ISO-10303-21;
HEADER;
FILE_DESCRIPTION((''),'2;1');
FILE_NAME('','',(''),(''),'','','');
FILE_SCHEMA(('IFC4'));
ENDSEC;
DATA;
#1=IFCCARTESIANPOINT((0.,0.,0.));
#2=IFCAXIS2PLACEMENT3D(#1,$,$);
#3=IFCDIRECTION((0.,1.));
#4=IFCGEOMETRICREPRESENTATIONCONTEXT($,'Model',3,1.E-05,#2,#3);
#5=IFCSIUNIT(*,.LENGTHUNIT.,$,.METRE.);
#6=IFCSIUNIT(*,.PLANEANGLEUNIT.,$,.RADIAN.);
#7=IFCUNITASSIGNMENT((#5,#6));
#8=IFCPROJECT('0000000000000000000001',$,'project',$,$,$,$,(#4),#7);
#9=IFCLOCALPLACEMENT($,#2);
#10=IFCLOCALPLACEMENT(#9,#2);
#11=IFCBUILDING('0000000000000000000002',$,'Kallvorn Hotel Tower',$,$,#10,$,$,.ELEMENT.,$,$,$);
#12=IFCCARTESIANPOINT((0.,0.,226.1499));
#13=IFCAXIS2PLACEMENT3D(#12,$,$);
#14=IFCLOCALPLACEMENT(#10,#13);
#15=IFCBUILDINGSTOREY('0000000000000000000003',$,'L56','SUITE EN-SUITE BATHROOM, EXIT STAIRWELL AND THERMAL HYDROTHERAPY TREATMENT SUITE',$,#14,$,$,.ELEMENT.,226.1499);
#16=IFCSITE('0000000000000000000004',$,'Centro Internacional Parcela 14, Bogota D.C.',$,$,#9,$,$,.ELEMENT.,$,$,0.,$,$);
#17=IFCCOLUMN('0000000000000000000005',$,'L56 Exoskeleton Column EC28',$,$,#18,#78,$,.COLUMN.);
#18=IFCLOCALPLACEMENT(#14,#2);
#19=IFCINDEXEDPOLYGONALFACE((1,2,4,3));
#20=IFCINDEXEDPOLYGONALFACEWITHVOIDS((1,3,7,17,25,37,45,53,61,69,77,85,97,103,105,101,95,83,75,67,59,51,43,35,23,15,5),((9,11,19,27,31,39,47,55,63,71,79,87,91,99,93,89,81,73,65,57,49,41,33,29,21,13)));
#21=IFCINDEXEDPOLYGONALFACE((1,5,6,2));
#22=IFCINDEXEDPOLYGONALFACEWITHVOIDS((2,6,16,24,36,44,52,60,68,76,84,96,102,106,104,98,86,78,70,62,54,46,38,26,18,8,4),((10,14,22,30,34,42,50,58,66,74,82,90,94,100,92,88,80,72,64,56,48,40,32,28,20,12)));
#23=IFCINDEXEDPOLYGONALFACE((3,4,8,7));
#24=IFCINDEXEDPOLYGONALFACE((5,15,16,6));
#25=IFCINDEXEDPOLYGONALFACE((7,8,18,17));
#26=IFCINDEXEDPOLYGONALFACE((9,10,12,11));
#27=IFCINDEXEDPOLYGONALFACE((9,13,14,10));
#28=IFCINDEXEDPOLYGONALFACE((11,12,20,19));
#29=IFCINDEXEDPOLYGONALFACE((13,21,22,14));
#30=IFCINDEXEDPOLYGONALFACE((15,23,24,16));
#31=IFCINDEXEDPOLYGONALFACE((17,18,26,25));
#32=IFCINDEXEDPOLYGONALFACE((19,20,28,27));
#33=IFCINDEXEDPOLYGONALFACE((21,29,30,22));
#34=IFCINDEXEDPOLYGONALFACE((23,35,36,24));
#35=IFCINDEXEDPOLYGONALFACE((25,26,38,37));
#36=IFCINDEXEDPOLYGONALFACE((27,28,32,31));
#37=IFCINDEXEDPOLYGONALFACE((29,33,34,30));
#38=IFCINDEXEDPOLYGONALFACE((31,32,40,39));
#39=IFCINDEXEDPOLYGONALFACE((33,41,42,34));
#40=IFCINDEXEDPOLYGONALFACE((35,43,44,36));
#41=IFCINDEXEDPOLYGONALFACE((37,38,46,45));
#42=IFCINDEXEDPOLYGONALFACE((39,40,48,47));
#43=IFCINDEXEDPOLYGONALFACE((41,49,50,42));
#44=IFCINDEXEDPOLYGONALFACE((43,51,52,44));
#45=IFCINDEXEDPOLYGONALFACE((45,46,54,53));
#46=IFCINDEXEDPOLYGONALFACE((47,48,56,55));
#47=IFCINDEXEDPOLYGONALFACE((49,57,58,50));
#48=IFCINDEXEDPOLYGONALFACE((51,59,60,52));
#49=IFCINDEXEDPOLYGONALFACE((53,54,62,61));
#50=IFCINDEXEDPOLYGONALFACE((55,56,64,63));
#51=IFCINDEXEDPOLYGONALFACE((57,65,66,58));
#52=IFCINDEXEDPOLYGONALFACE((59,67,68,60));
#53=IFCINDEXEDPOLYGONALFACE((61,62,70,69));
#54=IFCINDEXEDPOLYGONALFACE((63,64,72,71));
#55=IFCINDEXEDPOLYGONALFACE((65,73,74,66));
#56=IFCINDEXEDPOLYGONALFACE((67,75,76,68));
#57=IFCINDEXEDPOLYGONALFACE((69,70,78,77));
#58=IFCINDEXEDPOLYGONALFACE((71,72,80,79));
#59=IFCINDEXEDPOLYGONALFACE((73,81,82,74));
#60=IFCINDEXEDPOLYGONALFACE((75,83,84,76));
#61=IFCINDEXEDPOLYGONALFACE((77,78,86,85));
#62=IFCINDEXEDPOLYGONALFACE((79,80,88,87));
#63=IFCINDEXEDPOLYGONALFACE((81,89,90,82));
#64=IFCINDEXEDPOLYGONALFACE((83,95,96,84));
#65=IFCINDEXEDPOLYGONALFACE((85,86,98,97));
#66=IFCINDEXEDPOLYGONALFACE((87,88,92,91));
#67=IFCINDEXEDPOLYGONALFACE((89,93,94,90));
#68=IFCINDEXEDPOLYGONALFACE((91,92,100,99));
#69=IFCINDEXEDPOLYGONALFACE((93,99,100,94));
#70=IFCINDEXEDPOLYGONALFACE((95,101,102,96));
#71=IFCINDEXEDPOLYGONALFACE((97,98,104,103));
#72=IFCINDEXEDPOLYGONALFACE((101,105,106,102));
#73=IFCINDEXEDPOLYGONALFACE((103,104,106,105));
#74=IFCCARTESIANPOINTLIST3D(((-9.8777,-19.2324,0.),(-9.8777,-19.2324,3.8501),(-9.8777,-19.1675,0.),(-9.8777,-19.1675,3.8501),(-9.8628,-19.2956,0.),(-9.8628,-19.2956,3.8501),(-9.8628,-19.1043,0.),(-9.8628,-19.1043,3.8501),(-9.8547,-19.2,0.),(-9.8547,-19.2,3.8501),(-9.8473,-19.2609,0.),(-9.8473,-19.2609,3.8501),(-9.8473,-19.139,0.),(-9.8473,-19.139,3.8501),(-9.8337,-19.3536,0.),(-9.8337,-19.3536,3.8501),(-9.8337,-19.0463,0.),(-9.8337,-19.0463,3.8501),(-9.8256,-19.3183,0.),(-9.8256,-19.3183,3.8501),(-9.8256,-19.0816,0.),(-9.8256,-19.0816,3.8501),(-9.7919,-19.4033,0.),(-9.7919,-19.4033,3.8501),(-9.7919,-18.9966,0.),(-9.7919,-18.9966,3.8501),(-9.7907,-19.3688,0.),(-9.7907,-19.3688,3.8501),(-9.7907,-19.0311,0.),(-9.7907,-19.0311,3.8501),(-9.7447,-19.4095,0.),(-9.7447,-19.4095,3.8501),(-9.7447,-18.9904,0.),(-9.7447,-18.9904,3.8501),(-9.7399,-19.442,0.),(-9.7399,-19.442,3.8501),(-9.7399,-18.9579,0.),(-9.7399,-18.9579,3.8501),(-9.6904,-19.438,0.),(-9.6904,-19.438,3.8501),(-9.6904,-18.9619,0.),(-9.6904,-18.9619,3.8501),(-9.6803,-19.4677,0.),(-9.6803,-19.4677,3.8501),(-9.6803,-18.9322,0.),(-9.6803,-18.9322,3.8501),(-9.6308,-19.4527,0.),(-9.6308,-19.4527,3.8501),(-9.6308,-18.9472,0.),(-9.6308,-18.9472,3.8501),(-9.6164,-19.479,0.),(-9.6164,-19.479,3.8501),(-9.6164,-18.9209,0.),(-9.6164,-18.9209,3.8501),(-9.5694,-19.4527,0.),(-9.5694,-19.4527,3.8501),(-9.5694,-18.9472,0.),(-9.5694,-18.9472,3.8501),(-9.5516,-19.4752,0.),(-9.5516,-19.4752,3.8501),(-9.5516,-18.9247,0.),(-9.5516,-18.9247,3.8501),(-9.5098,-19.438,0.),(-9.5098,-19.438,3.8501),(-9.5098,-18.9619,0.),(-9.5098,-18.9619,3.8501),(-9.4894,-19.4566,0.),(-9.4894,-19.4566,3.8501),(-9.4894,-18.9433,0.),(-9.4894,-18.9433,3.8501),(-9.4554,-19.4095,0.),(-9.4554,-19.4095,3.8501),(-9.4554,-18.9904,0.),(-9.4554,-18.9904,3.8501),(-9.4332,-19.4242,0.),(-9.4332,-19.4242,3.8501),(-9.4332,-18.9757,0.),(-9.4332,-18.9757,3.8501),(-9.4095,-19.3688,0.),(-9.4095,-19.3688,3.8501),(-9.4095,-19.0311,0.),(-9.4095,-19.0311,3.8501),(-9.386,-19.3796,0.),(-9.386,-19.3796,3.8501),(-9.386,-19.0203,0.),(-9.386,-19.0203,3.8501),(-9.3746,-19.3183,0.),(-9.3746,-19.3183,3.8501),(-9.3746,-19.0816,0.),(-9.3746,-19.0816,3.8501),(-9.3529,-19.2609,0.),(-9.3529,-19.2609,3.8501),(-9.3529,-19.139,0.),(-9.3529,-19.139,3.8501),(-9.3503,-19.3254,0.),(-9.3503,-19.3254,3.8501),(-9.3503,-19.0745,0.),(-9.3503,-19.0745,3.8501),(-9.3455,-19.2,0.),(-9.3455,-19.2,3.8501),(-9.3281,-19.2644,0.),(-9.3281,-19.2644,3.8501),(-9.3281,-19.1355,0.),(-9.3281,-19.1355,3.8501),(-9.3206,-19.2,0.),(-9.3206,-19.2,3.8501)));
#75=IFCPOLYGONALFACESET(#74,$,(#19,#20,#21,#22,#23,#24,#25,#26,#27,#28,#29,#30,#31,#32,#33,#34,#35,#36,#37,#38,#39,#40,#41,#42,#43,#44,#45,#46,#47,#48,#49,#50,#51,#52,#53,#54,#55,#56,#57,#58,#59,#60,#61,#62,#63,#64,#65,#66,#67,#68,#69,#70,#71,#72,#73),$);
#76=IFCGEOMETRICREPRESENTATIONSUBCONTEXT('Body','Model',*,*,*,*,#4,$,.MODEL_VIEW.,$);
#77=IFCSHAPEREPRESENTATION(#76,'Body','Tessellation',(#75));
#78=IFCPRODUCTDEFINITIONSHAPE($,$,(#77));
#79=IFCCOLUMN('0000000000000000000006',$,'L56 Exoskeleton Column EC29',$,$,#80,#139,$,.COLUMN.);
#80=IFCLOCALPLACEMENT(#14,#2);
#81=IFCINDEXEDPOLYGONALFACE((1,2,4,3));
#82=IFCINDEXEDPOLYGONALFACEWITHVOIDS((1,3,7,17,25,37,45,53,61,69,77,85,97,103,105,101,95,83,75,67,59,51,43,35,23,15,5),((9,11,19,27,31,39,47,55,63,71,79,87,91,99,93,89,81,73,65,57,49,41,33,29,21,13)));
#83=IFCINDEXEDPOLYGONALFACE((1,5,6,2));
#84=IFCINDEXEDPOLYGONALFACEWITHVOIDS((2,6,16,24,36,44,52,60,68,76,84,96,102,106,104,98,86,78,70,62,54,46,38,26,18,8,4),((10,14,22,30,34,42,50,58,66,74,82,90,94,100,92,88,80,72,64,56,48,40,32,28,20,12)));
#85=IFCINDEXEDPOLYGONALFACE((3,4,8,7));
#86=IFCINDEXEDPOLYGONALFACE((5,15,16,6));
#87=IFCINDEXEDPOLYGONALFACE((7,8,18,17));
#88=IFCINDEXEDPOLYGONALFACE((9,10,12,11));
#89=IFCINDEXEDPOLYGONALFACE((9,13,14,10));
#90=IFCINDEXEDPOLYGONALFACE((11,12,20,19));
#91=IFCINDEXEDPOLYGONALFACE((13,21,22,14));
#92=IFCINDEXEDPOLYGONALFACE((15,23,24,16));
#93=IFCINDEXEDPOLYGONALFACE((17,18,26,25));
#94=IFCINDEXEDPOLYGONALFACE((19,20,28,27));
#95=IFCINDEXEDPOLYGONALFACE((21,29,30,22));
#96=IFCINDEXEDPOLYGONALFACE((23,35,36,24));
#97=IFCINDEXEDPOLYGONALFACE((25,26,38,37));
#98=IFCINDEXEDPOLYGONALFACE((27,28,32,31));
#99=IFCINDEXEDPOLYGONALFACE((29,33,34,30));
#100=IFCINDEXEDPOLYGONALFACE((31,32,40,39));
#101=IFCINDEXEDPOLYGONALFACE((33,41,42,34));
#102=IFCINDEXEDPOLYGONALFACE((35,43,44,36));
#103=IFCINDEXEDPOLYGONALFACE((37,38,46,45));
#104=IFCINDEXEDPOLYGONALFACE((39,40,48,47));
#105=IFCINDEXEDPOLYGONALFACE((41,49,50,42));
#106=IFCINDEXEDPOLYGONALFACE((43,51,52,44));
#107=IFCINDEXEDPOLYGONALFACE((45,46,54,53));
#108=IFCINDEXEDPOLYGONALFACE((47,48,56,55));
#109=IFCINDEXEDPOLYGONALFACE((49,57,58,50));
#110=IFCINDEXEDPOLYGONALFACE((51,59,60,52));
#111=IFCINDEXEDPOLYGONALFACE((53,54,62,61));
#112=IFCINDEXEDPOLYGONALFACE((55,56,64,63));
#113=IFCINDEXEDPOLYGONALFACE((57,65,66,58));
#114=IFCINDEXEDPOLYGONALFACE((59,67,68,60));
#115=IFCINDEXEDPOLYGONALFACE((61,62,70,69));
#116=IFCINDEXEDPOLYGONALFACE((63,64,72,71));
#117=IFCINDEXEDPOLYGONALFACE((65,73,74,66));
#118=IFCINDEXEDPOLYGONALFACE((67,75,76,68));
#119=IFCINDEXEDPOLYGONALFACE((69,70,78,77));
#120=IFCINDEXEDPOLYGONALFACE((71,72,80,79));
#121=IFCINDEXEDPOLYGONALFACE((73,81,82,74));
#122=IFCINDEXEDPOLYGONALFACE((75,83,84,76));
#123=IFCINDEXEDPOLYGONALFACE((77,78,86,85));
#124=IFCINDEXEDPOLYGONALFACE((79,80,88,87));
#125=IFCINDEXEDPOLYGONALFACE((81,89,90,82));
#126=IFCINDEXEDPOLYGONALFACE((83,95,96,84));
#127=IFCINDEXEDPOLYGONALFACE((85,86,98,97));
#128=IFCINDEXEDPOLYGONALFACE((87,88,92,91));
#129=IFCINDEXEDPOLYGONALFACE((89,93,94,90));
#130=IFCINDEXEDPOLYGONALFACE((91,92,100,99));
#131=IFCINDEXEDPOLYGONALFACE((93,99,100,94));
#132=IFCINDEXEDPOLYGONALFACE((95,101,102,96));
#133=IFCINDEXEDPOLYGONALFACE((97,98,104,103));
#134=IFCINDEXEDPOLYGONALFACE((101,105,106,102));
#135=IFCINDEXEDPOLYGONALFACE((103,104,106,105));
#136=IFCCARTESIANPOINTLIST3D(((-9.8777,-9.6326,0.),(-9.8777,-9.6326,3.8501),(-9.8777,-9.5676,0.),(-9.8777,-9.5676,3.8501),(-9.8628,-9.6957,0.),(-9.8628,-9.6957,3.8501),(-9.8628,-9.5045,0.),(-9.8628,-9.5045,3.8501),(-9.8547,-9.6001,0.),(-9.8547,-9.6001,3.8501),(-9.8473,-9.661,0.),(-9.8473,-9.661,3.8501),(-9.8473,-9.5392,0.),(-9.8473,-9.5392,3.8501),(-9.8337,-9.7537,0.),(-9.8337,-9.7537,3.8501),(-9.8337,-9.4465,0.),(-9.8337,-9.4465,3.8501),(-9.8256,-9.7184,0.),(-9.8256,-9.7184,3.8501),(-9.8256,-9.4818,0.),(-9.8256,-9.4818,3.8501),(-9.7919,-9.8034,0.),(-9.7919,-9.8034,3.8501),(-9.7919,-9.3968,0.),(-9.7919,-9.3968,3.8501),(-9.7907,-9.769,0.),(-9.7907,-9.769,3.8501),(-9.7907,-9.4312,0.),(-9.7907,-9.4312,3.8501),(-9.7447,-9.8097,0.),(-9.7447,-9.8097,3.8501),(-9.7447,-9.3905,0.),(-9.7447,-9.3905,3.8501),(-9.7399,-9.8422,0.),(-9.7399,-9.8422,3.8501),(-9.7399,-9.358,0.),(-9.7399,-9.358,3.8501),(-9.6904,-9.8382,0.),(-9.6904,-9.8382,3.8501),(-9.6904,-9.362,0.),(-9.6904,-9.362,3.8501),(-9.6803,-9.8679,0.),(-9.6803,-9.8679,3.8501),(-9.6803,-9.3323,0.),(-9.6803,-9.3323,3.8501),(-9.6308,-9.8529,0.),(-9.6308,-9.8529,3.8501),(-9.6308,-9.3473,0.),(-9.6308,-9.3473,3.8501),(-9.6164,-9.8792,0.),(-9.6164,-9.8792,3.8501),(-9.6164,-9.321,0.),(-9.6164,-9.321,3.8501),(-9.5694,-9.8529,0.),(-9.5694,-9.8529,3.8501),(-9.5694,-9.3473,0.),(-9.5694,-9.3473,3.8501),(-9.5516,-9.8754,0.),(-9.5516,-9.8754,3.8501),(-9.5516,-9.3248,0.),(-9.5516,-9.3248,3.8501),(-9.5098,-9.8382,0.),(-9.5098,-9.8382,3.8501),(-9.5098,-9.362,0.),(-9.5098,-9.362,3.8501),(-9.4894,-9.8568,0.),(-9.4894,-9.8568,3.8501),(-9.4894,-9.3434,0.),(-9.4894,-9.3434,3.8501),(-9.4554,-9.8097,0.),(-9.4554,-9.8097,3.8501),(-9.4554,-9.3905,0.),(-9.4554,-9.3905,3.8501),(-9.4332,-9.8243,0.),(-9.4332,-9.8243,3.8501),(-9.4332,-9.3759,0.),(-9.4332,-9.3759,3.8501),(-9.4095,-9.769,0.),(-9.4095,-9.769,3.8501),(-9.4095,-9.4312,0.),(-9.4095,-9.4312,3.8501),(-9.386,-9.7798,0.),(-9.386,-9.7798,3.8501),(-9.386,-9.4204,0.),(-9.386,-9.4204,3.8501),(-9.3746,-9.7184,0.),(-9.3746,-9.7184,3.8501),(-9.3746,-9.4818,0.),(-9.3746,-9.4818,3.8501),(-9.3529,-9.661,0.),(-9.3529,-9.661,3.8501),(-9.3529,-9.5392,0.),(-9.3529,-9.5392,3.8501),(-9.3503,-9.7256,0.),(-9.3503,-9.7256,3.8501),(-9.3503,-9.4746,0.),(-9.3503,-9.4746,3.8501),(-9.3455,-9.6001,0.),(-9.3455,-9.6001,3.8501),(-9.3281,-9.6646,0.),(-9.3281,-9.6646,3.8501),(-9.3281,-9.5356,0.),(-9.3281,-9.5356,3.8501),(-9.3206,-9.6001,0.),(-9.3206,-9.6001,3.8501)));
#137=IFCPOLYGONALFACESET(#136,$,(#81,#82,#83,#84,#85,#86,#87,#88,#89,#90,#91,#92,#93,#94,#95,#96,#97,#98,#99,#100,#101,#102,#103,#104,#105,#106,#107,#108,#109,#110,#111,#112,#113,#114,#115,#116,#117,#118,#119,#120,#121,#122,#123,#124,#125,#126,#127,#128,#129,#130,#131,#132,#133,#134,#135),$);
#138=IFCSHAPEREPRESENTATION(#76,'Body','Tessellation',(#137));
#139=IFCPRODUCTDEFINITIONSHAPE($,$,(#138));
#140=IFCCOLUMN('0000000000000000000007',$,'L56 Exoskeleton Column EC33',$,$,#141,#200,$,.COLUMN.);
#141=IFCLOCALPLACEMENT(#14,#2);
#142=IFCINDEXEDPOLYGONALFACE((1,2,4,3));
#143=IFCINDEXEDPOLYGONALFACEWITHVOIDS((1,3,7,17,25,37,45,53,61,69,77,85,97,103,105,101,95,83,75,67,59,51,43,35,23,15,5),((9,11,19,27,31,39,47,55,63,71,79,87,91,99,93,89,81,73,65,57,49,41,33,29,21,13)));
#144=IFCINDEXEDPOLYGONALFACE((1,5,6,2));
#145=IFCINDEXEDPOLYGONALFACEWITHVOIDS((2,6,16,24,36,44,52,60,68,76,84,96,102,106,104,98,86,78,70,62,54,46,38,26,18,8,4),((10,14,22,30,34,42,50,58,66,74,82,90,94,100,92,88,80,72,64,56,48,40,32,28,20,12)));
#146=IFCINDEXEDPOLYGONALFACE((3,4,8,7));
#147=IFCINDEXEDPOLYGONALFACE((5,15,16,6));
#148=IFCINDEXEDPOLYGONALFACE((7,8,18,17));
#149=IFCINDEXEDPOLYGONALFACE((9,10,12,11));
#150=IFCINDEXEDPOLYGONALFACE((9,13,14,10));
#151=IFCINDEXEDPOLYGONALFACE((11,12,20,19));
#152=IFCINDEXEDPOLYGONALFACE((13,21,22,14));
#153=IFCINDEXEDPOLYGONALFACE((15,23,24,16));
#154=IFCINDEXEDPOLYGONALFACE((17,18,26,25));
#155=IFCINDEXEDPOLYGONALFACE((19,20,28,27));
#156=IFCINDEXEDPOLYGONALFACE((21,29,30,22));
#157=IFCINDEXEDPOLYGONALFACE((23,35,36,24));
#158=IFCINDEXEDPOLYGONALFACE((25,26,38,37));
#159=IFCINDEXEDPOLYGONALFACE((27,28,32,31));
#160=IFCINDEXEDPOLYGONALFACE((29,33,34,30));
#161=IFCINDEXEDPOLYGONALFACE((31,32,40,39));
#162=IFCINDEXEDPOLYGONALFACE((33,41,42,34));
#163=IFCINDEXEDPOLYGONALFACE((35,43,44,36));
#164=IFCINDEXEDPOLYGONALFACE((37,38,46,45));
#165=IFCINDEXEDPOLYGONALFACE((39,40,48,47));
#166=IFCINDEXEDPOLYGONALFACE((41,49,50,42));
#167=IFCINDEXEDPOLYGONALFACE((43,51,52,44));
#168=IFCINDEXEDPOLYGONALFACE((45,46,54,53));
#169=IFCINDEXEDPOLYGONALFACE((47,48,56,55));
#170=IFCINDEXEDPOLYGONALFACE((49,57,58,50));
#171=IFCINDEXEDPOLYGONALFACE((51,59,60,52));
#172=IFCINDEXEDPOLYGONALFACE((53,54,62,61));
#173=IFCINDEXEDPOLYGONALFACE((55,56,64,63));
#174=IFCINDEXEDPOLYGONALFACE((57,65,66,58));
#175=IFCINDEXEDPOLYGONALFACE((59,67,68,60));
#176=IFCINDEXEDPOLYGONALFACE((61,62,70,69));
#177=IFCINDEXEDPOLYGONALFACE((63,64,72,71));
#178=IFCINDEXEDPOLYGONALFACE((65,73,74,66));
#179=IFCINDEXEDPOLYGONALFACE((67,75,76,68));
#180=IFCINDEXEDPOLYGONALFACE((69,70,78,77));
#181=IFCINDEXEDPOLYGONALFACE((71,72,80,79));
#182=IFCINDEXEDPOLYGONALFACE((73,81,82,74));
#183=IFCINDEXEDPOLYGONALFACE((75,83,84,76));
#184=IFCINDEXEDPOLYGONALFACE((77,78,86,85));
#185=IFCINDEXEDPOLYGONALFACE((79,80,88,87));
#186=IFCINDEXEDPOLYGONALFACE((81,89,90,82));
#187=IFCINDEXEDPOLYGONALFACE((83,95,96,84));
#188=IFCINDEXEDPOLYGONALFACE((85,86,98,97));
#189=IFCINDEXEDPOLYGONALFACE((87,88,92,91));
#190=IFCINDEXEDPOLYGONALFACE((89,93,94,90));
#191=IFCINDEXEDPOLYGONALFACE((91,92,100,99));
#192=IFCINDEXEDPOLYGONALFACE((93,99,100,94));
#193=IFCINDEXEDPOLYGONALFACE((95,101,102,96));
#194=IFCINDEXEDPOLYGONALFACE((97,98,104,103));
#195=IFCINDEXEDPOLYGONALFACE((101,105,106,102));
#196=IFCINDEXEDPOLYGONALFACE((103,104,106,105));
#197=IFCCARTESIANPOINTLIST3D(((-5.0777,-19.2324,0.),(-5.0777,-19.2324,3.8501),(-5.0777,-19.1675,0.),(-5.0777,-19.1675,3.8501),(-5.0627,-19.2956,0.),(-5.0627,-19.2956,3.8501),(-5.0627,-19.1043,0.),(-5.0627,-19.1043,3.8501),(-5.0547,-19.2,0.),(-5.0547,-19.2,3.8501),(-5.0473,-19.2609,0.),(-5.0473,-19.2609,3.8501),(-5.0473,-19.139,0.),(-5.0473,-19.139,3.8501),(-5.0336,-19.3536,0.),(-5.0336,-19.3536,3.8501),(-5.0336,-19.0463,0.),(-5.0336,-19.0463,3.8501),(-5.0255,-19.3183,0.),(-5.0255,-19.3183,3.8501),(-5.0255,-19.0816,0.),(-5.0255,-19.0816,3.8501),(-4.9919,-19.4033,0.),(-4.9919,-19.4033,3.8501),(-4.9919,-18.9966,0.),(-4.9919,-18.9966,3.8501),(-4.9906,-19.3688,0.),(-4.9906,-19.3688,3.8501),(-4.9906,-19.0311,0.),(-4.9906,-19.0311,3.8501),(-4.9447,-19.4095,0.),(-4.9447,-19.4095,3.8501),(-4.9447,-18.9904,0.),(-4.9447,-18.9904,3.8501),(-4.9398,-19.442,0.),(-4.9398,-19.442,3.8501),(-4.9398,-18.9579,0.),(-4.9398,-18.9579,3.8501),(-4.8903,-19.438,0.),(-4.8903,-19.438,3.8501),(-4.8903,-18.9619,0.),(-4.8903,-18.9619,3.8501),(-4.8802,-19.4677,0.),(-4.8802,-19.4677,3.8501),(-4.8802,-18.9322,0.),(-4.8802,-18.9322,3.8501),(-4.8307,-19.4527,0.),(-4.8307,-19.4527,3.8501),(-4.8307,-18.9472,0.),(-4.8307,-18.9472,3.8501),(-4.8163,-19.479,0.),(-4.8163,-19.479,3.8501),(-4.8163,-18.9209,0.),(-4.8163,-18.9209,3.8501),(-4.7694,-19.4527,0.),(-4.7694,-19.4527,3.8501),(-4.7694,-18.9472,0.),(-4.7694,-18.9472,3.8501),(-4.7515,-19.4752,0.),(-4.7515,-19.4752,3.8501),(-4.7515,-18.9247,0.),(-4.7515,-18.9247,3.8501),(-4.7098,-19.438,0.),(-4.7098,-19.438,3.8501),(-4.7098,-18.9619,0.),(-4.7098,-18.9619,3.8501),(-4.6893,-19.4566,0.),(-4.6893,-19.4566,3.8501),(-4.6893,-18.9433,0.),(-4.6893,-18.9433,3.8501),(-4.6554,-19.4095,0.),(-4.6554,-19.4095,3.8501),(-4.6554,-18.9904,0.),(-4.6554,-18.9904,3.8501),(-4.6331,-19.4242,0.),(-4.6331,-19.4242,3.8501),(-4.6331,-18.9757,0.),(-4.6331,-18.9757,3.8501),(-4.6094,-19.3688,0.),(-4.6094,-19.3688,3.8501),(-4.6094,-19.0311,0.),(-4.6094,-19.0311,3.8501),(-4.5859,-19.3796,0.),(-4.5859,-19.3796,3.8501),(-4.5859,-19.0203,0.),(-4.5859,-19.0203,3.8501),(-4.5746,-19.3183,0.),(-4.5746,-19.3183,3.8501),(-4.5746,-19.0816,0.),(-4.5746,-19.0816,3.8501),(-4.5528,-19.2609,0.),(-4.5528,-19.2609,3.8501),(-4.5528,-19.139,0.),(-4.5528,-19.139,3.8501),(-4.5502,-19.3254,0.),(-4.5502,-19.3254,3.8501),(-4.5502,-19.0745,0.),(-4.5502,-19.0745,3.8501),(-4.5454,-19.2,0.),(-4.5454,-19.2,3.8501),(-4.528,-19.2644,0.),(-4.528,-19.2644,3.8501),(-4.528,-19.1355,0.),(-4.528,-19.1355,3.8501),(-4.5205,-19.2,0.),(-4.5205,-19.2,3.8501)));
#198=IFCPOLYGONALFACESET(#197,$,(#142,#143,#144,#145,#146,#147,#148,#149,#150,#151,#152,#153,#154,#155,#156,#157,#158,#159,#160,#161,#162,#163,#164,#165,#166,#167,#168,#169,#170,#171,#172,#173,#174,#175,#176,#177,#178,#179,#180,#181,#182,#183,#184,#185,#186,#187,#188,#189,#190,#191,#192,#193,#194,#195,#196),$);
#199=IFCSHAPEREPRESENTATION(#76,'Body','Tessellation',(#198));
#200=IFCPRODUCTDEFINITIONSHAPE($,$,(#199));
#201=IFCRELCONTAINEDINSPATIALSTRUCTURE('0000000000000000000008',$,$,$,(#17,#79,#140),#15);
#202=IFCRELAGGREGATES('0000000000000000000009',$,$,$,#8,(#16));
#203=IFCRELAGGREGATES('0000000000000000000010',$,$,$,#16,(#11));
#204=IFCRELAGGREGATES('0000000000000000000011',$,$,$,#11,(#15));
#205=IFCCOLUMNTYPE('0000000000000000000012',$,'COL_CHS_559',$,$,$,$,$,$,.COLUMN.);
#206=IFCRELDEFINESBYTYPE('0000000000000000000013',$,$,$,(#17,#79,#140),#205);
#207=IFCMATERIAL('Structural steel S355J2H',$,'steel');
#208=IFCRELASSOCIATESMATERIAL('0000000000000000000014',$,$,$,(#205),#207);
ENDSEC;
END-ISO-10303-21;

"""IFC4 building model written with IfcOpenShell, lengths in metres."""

from ifc_helpers import new_model, si_unit, direction, frame, origin, origin_2d, place, context, subcontext, project, spatial, hollow_circle, extrude, material, material_profile, profile_set, type_object, element, save


model = new_model("IFC4")

# Units and contexts
model_context = context("Model", 3, precision=1e-05, world=origin(), true_north=direction((0.0, 1.0)))
body_context = subcontext(model_context, "Body", "Model", "MODEL_VIEW")
ifc_project = project(units=[si_unit("LENGTHUNIT", "METRE"), si_unit("PLANEANGLEUNIT", "RADIAN")], contexts=[model_context])

# Site, building, storey
site_placement = place(None, origin())
site = spatial("IfcSite", under=ifc_project, at=site_placement, Name="Centro Internacional Parcela 14, Bogota D.C.", CompositionType="ELEMENT", RefElevation=0.0)
building_placement = place(site_placement, origin())
building = spatial("IfcBuilding", under=site, at=building_placement, Name="Kallvorn Hotel Tower", CompositionType="ELEMENT")
storey_placement = place(building_placement, frame((0.0, 0.0, 226.1499)))
storey = spatial("IfcBuildingStorey", under=building, at=storey_placement, Name="L56", Description="SUITE EN-SUITE BATHROOM, EXIT STAIRWELL AND THERMAL HYDROTHERAPY TREATMENT SUITE", CompositionType="ELEMENT", Elevation=226.1499)

# Columns
ifc_material_1 = material(Name="Structural steel S355J2H", Category="steel")
ifc_material_profile_1 = material_profile(ifc_material_1, hollow_circle(Radius=0.2795, WallThickness=0.0249, at=origin_2d()), Name="CHS 559x25")
ifc_profile_set_1 = profile_set([ifc_material_profile_1], Name="Structural steel S355J2H")
column_type_1 = type_object("IfcColumnType", Name="COL_CHS_559", PredefinedType="COLUMN", material=ifc_profile_set_1)
for number, where, z_axis, x_axis, name in (
    (1, (-9.6001, -19.2, 0.0), (0.0, 0.0, 1.0), (1.0, 0.0, 0.0), "L56 Exoskeleton Column EC28"),
    (2, (-9.6001, -9.6001, 0.0), (0.0, 0.0, 1.0), (1.0, 0.0, 0.0), "L56 Exoskeleton Column EC29"),
    (3, (-4.8, -19.2, 0.0), (0.0, 0.0, 1.0), (1.0, 0.0, 0.0), "L56 Exoskeleton Column EC33"),
):
    element("IfcColumn", number, at=place(storey_placement, frame(where, z_axis=z_axis, x_axis=x_axis)), inside=storey, type_object=column_type_1, Name=name, PredefinedType="COLUMN", context=body_context, shape_type="SweptSolid", body=[
        extrude(hollow_circle(Radius=0.2795, WallThickness=0.0249, at=origin_2d()), origin(), (0.0, 0.0, 1.0), 3.8501),
    ])

save(model, "model.ifc")
